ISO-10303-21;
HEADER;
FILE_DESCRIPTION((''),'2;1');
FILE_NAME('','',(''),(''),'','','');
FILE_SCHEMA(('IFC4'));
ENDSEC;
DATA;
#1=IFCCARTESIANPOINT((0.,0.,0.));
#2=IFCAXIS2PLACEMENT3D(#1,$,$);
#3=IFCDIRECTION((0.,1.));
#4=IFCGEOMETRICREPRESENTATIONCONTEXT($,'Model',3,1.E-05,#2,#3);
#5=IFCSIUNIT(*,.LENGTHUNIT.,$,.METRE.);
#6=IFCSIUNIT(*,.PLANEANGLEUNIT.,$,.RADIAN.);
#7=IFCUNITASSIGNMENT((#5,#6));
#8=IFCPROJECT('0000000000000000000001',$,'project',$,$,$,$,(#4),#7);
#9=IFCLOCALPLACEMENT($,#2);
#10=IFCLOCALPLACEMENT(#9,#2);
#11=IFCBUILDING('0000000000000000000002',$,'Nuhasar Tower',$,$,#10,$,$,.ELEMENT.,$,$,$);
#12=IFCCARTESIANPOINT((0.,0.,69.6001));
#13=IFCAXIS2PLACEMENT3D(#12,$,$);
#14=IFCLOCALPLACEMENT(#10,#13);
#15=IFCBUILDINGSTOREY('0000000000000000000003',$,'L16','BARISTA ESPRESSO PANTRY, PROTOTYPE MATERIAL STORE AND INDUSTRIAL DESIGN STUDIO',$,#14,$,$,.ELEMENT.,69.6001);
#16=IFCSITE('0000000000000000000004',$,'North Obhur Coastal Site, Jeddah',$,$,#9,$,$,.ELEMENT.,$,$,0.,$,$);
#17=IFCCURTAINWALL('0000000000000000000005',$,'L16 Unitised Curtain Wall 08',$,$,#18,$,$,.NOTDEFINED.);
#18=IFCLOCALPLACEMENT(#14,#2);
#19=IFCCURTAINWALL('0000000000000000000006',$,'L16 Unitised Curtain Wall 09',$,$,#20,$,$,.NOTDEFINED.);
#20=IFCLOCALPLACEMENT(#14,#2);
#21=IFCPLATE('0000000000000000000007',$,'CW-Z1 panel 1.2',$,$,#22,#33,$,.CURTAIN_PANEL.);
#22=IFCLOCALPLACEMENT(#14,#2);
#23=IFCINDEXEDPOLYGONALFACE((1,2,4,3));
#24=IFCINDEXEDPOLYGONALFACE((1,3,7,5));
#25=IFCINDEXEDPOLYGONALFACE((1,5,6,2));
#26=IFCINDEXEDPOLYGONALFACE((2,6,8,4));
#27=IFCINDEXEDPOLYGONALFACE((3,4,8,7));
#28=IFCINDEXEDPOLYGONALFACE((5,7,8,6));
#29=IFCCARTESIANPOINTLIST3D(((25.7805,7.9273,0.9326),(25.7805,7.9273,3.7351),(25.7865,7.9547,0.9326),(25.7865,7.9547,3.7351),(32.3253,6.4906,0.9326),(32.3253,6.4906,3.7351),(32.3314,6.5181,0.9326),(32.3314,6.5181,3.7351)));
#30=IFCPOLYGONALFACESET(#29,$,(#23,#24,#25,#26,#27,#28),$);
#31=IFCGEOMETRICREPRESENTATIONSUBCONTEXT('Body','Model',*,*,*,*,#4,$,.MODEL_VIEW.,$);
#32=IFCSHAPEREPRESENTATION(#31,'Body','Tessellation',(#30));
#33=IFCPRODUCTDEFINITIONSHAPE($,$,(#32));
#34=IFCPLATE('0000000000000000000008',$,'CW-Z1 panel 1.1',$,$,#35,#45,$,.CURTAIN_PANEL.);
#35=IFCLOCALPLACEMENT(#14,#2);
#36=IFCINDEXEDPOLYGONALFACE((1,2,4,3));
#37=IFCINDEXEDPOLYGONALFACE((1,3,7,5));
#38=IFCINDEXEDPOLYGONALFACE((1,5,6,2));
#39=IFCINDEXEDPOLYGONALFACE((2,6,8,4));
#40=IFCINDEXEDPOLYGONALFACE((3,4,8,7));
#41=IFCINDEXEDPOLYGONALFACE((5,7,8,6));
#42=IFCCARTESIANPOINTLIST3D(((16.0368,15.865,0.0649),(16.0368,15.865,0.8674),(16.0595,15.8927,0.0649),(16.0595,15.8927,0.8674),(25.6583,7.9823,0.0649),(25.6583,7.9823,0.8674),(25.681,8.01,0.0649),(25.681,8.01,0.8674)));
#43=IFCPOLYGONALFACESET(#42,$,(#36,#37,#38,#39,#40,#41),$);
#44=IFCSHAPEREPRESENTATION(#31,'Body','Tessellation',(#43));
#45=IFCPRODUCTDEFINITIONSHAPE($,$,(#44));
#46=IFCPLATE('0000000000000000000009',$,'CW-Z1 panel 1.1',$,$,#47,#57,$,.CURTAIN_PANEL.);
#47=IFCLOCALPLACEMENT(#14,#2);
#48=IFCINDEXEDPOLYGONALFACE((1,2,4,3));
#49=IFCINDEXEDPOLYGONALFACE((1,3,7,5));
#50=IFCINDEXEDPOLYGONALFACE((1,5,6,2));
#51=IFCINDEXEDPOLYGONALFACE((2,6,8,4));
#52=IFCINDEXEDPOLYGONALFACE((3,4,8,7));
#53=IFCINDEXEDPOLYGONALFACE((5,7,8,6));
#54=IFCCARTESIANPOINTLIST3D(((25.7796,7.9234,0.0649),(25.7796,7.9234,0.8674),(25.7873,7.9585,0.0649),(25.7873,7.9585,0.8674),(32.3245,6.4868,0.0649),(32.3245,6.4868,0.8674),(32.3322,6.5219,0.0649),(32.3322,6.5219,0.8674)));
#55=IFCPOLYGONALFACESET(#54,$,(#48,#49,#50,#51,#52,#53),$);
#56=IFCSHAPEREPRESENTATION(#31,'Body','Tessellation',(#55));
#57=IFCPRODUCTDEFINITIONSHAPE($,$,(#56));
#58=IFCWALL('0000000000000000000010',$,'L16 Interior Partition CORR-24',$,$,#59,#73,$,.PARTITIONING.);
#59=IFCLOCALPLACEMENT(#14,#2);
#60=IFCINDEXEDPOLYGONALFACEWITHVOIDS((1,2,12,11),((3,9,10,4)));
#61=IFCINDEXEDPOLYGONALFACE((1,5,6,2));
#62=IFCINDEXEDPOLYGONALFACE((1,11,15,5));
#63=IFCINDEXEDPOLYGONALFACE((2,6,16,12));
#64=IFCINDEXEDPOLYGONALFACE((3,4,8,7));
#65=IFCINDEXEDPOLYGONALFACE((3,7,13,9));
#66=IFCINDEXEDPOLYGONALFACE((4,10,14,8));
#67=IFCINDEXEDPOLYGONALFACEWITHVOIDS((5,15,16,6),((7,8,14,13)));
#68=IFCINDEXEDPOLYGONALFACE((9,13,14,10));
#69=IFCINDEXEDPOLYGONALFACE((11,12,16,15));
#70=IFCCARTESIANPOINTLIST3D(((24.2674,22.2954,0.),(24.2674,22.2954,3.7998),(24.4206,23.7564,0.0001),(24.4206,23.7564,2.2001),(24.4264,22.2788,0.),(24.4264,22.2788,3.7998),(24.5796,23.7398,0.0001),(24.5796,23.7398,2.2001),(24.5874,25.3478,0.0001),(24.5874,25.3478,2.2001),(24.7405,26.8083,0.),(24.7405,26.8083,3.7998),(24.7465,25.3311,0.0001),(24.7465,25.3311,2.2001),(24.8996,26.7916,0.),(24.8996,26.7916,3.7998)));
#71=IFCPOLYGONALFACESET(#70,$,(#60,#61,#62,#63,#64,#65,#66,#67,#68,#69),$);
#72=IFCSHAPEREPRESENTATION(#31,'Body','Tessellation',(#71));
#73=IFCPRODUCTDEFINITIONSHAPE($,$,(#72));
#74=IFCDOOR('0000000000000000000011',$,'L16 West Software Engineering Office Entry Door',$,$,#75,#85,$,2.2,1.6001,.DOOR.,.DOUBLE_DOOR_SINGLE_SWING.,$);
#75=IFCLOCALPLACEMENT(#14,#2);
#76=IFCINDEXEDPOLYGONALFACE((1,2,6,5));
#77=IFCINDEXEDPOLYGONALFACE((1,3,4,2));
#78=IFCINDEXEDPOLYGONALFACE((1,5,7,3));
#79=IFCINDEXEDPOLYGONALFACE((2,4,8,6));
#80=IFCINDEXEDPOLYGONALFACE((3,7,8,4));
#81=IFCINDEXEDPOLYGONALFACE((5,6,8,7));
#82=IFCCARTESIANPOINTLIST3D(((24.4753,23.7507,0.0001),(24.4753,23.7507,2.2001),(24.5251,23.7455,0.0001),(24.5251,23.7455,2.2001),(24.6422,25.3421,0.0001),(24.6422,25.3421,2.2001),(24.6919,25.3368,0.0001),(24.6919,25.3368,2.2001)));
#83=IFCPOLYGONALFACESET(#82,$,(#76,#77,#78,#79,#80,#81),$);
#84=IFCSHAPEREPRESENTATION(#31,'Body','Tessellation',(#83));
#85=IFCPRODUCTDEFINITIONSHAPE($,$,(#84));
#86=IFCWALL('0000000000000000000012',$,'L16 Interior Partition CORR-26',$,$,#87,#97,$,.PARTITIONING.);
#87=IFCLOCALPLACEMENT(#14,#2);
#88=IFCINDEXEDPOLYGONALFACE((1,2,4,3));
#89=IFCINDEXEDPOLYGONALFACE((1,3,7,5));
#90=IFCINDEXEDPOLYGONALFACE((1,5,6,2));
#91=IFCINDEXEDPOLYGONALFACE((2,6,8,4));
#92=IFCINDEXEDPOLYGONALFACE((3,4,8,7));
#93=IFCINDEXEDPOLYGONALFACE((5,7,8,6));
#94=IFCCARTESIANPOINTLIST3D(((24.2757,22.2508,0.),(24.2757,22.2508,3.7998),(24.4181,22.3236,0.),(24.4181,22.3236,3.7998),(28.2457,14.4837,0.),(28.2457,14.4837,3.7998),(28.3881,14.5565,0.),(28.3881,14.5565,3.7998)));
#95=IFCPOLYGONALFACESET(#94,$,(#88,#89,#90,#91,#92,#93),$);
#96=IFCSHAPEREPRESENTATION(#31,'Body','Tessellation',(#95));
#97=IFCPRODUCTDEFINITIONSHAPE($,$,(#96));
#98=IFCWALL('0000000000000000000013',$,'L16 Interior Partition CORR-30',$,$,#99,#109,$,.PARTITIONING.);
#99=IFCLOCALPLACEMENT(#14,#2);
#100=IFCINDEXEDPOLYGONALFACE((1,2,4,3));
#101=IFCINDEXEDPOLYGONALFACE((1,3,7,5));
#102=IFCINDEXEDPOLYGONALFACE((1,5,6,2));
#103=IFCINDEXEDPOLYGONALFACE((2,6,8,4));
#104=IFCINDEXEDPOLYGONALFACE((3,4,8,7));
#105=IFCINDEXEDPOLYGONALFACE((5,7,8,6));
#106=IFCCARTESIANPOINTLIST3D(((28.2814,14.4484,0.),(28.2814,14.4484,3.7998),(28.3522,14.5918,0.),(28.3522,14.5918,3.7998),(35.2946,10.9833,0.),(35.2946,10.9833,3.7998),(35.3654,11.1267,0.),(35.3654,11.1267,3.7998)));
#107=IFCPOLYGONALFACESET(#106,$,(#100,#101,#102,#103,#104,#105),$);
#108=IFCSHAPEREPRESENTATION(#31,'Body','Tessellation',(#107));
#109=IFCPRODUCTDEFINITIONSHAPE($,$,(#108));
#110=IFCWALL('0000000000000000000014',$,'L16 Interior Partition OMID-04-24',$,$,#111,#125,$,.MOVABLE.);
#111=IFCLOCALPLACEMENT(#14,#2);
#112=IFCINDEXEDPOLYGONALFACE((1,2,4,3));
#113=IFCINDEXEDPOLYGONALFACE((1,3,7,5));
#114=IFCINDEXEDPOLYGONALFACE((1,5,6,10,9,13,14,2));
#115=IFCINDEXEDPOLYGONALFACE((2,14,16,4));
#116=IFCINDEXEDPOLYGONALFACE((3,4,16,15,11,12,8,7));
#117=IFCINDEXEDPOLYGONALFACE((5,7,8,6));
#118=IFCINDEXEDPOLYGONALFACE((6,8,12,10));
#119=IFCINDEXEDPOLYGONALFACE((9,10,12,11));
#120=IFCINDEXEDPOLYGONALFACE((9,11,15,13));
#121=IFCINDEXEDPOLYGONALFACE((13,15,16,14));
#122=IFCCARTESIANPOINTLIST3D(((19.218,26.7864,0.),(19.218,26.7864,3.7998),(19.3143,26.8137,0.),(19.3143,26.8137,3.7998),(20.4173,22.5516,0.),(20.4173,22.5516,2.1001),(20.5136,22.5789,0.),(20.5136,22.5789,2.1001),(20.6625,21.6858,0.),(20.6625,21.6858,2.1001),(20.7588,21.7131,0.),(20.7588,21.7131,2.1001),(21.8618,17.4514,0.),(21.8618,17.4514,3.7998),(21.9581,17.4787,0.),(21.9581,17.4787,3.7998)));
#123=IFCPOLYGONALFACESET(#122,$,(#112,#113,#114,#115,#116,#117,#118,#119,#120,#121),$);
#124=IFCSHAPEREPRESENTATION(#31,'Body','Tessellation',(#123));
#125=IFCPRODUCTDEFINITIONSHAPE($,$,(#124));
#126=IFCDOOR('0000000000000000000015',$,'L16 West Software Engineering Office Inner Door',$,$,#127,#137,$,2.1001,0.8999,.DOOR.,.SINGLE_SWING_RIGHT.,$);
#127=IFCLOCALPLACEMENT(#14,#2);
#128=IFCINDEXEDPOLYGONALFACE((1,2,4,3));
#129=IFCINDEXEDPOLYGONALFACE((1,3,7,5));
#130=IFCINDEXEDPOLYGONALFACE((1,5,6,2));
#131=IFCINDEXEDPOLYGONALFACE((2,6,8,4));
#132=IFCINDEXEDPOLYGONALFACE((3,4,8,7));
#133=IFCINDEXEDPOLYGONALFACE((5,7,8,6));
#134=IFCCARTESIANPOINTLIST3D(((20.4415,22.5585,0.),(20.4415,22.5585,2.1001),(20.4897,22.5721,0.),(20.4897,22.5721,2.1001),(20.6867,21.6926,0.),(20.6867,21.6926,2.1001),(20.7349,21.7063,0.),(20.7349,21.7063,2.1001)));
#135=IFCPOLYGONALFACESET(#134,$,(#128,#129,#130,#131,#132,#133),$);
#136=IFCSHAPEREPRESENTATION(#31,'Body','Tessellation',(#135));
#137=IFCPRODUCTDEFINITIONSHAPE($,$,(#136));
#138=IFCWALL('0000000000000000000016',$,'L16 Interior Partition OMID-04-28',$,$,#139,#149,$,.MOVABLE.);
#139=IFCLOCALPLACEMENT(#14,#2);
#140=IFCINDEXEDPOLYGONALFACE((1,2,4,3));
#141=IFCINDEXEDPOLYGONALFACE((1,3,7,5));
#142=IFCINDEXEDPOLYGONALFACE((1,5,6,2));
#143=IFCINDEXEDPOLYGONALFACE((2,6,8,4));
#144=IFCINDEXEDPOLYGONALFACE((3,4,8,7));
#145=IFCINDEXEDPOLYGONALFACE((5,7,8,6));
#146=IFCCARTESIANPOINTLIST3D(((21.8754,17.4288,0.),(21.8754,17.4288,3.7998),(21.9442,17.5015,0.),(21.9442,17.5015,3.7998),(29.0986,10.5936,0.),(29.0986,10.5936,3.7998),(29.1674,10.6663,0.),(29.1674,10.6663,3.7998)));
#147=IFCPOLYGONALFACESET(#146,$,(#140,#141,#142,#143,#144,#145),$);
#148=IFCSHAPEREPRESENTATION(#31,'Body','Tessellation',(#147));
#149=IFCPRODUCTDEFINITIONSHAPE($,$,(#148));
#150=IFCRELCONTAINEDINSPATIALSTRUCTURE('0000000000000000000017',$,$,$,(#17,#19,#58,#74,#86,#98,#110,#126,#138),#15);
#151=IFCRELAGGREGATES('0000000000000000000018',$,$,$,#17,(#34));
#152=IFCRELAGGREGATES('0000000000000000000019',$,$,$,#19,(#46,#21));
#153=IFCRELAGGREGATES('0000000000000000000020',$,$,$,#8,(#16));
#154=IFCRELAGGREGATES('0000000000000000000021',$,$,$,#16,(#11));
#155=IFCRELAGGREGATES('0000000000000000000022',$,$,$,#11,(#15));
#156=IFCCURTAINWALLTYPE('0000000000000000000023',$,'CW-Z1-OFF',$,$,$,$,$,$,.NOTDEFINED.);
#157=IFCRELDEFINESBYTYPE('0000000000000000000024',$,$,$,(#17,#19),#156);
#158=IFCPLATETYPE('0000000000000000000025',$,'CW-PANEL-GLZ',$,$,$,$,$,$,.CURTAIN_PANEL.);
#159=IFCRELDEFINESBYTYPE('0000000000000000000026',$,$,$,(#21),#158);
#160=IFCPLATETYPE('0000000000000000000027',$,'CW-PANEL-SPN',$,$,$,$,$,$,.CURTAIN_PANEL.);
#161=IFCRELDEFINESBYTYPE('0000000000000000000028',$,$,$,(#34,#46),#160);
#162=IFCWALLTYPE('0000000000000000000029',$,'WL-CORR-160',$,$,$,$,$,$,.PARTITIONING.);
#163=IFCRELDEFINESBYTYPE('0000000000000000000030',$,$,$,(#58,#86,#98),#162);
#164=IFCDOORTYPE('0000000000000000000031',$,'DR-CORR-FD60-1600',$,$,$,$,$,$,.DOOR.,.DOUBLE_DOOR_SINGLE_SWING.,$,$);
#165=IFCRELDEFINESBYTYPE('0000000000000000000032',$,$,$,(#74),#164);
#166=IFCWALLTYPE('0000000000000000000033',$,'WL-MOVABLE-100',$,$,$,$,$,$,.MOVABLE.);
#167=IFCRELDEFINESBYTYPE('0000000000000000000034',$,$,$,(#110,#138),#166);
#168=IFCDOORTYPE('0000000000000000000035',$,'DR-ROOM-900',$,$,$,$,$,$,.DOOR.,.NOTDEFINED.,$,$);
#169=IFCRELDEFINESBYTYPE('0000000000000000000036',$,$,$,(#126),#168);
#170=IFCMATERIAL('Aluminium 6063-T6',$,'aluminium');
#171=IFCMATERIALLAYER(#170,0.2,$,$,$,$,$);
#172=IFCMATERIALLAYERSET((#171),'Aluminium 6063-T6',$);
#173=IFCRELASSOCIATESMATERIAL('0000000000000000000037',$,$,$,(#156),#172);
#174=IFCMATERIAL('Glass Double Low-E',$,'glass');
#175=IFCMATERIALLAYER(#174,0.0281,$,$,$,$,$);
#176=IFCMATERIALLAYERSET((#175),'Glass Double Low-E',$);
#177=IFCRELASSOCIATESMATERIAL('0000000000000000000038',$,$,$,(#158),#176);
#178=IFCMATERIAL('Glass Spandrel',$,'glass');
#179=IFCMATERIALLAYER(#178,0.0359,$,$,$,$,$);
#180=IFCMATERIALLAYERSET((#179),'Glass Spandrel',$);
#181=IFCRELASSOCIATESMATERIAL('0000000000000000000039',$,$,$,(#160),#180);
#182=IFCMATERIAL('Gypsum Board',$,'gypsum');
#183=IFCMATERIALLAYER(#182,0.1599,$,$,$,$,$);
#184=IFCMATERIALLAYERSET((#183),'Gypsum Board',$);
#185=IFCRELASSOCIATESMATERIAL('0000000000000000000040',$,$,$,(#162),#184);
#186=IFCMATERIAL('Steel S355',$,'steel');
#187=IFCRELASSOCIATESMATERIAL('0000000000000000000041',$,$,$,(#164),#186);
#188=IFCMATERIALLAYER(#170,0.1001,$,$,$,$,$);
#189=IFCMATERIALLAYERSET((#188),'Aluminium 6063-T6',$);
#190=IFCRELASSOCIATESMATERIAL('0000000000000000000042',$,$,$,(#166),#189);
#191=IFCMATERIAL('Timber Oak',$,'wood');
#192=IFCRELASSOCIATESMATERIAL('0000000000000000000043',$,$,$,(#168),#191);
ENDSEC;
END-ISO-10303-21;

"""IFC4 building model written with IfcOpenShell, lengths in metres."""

from ifc_helpers import new_model, si_unit, direction, frame, frame_2d, origin, origin_2d, place, context, subcontext, project, spatial, rectangle, extrude, material, layer, layer_set, type_object, element, fill, aggregate, save


model = new_model("IFC4")

# Units and contexts
model_context = context("Model", 3, precision=1e-05, world=origin(), true_north=direction((0.0, 1.0)))
body_context = subcontext(model_context, "Body", "Model", "MODEL_VIEW")
ifc_project = project(units=[si_unit("LENGTHUNIT", "METRE"), si_unit("PLANEANGLEUNIT", "RADIAN")], contexts=[model_context])

# Site, building, storey
site_placement = place(None, origin())
site = spatial("IfcSite", under=ifc_project, at=site_placement, Name="North Obhur Coastal Site, Jeddah", CompositionType="ELEMENT", RefElevation=0.0)
building_placement = place(site_placement, origin())
building = spatial("IfcBuilding", under=site, at=building_placement, Name="Nuhasar Tower", CompositionType="ELEMENT")
storey_placement = place(building_placement, frame((0.0, 0.0, 69.6001)))
storey = spatial("IfcBuildingStorey", under=building, at=storey_placement, Name="L16", Description="BARISTA ESPRESSO PANTRY, PROTOTYPE MATERIAL STORE AND INDUSTRIAL DESIGN STUDIO", CompositionType="ELEMENT", Elevation=69.6001)

# Shared definitions
ifc_material_1 = material(Name="Steel S355", Category="steel")

# Curtain wall
ifc_material_2 = material(Name="Aluminium 6063-T6", Category="aluminium")
ifc_layer_1 = layer(ifc_material_2, 0.2)
ifc_layer_set_1 = layer_set([ifc_layer_1], Name="Aluminium 6063-T6")
curtain_wall_type = type_object("IfcCurtainWallType", Name="CW-Z1-OFF", PredefinedType="NOTDEFINED", material=ifc_layer_set_1)
curtain_wall_1_placement = place(storey_placement, origin())
curtain_wall_1 = element("IfcCurtainWall", 1, at=curtain_wall_1_placement, inside=storey, type_object=curtain_wall_type, Name="L16 Unitised Curtain Wall 08", PredefinedType="NOTDEFINED")

# Curtain wall
curtain_wall_2_placement = place(storey_placement, origin())
curtain_wall_2 = element("IfcCurtainWall", 2, at=curtain_wall_2_placement, inside=storey, type_object=curtain_wall_type, Name="L16 Unitised Curtain Wall 09", PredefinedType="NOTDEFINED")

# Plates
ifc_material_3 = material(Name="Glass Double Low-E", Category="glass")
ifc_layer_2 = layer(ifc_material_3, 0.0281)
ifc_layer_set_2 = layer_set([ifc_layer_2], Name="Glass Double Low-E")
plate_type_1 = type_object("IfcPlateType", Name="CW-PANEL-GLZ", PredefinedType="CURTAIN_PANEL", material=ifc_layer_set_2)
plate_1_placement = place(storey_placement, frame((29.0559, 7.2227, 0.9326), z_axis=(0.0, 0.0, 1.0), x_axis=(0.976746, -0.214399, 0.0)))
plate_1 = element("IfcPlate", 3, at=plate_1_placement, type_object=plate_type_1, Name="CW-Z1 panel 1.2", PredefinedType="CURTAIN_PANEL", context=body_context, shape_type="SweptSolid", body=[
    extrude(rectangle(XDim=6.7007, YDim=0.0281, at=origin_2d()), origin(), (0.0, 0.0, 1.0), 2.8025),
])
ifc_material_4 = material(Name="Glass Spandrel", Category="glass")
ifc_layer_3 = layer(ifc_material_4, 0.0359)
ifc_layer_set_3 = layer_set([ifc_layer_3], Name="Glass Spandrel")
plate_type_2 = type_object("IfcPlateType", Name="CW-PANEL-SPN", PredefinedType="CURTAIN_PANEL", material=ifc_layer_set_3)
plate_2_placement = place(storey_placement, frame((20.8589, 11.9375, 0.0649), z_axis=(0.0, 0.0, 1.0), x_axis=(0.773542, -0.633745, 0.0)))
plate_2 = element("IfcPlate", 4, at=plate_2_placement, type_object=plate_type_2, Name="CW-Z1 panel 1.1", PredefinedType="CURTAIN_PANEL", context=body_context, shape_type="SweptSolid", body=[
    extrude(rectangle(XDim=12.4382, YDim=0.0359, at=origin_2d()), origin(), (0.0, 0.0, 1.0), 0.8025),
])
aggregate(curtain_wall_1, [plate_2])
plate_3_placement = place(storey_placement, frame((29.0559, 7.2227, 0.0649), z_axis=(0.0, 0.0, 1.0), x_axis=(0.976746, -0.214399, 0.0)))
plate_3 = element("IfcPlate", 5, at=plate_3_placement, type_object=plate_type_2, Name="CW-Z1 panel 1.1", PredefinedType="CURTAIN_PANEL", context=body_context, shape_type="SweptSolid", body=[
    extrude(rectangle(XDim=6.7007, YDim=0.0359, at=origin_2d()), origin(), (0.0, 0.0, 1.0), 0.8025),
])
aggregate(curtain_wall_2, [plate_3, plate_1])

# Wall, opening, door
ifc_material_5 = material(Name="Gypsum Board", Category="gypsum")
ifc_layer_4 = layer(ifc_material_5, 0.1599)
ifc_layer_set_4 = layer_set([ifc_layer_4], Name="Gypsum Board")
wall_type_1 = type_object("IfcWallType", Name="WL-CORR-160", PredefinedType="PARTITIONING", material=ifc_layer_set_4)
wall_1_placement = place(storey_placement, frame((24.3469, 22.2871, 0.0), z_axis=(0.0, 0.0, 1.0), x_axis=(0.10427, 0.994549, 0.0)))
wall_1 = element("IfcWall", 6, at=wall_1_placement, inside=storey, type_object=wall_type_1, Name="L16 Interior Partition CORR-24", PredefinedType="PARTITIONING", context=body_context, shape_type="SweptSolid", body=[
    extrude(rectangle(XDim=4.5376, YDim=0.1599, at=frame_2d((2.2688, 0.0))), origin(), (0.0, 0.0, 1.0), 3.7998),
])
opening_1_placement = place(wall_1_placement, frame((1.469, 0.0, 0.0)))
opening_1 = element("IfcOpeningElement", 7, at=opening_1_placement, cuts=wall_1, PredefinedType="OPENING", context=body_context, shape_type="SweptSolid", body=[
    extrude(rectangle(XDim=1.6001, YDim=2.2, at=frame_2d((0.8, 1.1001))), frame((0.0, 0.0898, 0.0), z_axis=(0.0, -1.0, 0.0), x_axis=(1.0, 0.0, 0.0)), (0.0, 0.0, 1.0), 0.1799),
])
door_type_1 = type_object("IfcDoorType", Name="DR-CORR-FD60-1600", OperationType="DOUBLE_DOOR_SINGLE_SWING", PredefinedType="DOOR", material=ifc_material_1)
door_1_placement = place(opening_1_placement, origin())
door_1 = element("IfcDoor", 8, at=door_1_placement, inside=storey, type_object=door_type_1, Name="L16 West Software Engineering Office Entry Door", OperationType="DOUBLE_DOOR_SINGLE_SWING", OverallHeight=2.2, OverallWidth=1.6001, PredefinedType="DOOR", context=body_context, shape_type="SweptSolid", body=[
    extrude(rectangle(XDim=1.6001, YDim=2.2, at=frame_2d((0.8, 1.1001))), frame((0.0, 0.0249, 0.0), z_axis=(0.0, -1.0, 0.0), x_axis=(1.0, 0.0, 0.0)), (0.0, 0.0, 1.0), 0.05),
])
fill(opening_1, door_1)

# Walls
wall_2_placement = place(storey_placement, frame((24.3469, 22.2871, 0.0), z_axis=(0.0, 0.0, 1.0), x_axis=(0.455122, -0.890429, 0.0)))
element("IfcWall", 9, at=wall_2_placement, inside=storey, type_object=wall_type_1, Name="L16 Interior Partition CORR-26", PredefinedType="PARTITIONING", context=body_context, shape_type="SweptSolid", body=[
    extrude(rectangle(XDim=8.7229, YDim=0.1599, at=frame_2d((4.3613, 0.0))), origin(), (0.0, 0.0, 1.0), 3.7998),
])
wall_3_placement = place(storey_placement, frame((28.3169, 14.52, 0.0), z_axis=(0.0, 0.0, 1.0), x_axis=(0.896539, -0.442964, 0.0)))
element("IfcWall", 10, at=wall_3_placement, inside=storey, type_object=wall_type_1, Name="L16 Interior Partition CORR-30", PredefinedType="PARTITIONING", context=body_context, shape_type="SweptSolid", body=[
    extrude(rectangle(XDim=7.8225, YDim=0.1599, at=frame_2d((3.9111, 0.0))), origin(), (0.0, 0.0, 1.0), 3.7998),
])

# Wall, opening, door
ifc_layer_5 = layer(ifc_material_2, 0.1001)
ifc_layer_set_5 = layer_set([ifc_layer_5], Name="Aluminium 6063-T6")
wall_type_2 = type_object("IfcWallType", Name="WL-MOVABLE-100", PredefinedType="MOVABLE", material=ifc_layer_set_5)
wall_4_placement = place(storey_placement, frame((21.9099, 17.4651, 0.0), z_axis=(0.0, 0.0, 1.0), x_axis=(-0.272497, 0.962157, 0.0)))
wall_4 = element("IfcWall", 11, at=wall_4_placement, inside=storey, type_object=wall_type_2, Name="L16 Interior Partition OMID-04-24", PredefinedType="MOVABLE", context=body_context, shape_type="SweptSolid", body=[
    extrude(rectangle(XDim=9.7021, YDim=0.1001, at=frame_2d((4.8511, 0.0))), origin(), (0.0, 0.0, 1.0), 3.7998),
])
opening_2_placement = place(wall_4_placement, frame((4.4009, 0.0, 0.0)))
opening_2 = element("IfcOpeningElement", 12, at=opening_2_placement, cuts=wall_4, PredefinedType="OPENING", context=body_context, shape_type="SweptSolid", body=[
    extrude(rectangle(XDim=0.8999, YDim=2.1001, at=frame_2d((0.45, 1.05))), frame((0.0, 0.0601, 0.0), z_axis=(0.0, -1.0, 0.0), x_axis=(1.0, 0.0, 0.0)), (0.0, 0.0, 1.0), 0.1201),
])
ifc_material_6 = material(Name="Timber Oak", Category="wood")
door_type_2 = type_object("IfcDoorType", Name="DR-ROOM-900", OperationType="NOTDEFINED", PredefinedType="DOOR", material=ifc_material_6)
door_2_placement = place(opening_2_placement, origin())
door_2 = element("IfcDoor", 13, at=door_2_placement, inside=storey, type_object=door_type_2, Name="L16 West Software Engineering Office Inner Door", OperationType="SINGLE_SWING_RIGHT", OverallHeight=2.1001, OverallWidth=0.8999, PredefinedType="DOOR", context=body_context, shape_type="SweptSolid", body=[
    extrude(rectangle(XDim=0.8999, YDim=2.1001, at=frame_2d((0.45, 1.05))), frame((0.0, 0.0249, 0.0), z_axis=(0.0, -1.0, 0.0), x_axis=(1.0, 0.0, 0.0)), (0.0, 0.0, 1.0), 0.05),
])
fill(opening_2, door_2)

# Wall
wall_5_placement = place(storey_placement, frame((21.9099, 17.4651, 0.0), z_axis=(0.0, 0.0, 1.0), x_axis=(0.726343, -0.687333, 0.0)))
element("IfcWall", 14, at=wall_5_placement, inside=storey, type_object=wall_type_2, Name="L16 Interior Partition OMID-04-28", PredefinedType="MOVABLE", context=body_context, shape_type="SweptSolid", body=[
    extrude(rectangle(XDim=9.9446, YDim=0.1001, at=frame_2d((4.9722, 0.0))), origin(), (0.0, 0.0, 1.0), 3.7998),
])

save(model, "model.ifc")
